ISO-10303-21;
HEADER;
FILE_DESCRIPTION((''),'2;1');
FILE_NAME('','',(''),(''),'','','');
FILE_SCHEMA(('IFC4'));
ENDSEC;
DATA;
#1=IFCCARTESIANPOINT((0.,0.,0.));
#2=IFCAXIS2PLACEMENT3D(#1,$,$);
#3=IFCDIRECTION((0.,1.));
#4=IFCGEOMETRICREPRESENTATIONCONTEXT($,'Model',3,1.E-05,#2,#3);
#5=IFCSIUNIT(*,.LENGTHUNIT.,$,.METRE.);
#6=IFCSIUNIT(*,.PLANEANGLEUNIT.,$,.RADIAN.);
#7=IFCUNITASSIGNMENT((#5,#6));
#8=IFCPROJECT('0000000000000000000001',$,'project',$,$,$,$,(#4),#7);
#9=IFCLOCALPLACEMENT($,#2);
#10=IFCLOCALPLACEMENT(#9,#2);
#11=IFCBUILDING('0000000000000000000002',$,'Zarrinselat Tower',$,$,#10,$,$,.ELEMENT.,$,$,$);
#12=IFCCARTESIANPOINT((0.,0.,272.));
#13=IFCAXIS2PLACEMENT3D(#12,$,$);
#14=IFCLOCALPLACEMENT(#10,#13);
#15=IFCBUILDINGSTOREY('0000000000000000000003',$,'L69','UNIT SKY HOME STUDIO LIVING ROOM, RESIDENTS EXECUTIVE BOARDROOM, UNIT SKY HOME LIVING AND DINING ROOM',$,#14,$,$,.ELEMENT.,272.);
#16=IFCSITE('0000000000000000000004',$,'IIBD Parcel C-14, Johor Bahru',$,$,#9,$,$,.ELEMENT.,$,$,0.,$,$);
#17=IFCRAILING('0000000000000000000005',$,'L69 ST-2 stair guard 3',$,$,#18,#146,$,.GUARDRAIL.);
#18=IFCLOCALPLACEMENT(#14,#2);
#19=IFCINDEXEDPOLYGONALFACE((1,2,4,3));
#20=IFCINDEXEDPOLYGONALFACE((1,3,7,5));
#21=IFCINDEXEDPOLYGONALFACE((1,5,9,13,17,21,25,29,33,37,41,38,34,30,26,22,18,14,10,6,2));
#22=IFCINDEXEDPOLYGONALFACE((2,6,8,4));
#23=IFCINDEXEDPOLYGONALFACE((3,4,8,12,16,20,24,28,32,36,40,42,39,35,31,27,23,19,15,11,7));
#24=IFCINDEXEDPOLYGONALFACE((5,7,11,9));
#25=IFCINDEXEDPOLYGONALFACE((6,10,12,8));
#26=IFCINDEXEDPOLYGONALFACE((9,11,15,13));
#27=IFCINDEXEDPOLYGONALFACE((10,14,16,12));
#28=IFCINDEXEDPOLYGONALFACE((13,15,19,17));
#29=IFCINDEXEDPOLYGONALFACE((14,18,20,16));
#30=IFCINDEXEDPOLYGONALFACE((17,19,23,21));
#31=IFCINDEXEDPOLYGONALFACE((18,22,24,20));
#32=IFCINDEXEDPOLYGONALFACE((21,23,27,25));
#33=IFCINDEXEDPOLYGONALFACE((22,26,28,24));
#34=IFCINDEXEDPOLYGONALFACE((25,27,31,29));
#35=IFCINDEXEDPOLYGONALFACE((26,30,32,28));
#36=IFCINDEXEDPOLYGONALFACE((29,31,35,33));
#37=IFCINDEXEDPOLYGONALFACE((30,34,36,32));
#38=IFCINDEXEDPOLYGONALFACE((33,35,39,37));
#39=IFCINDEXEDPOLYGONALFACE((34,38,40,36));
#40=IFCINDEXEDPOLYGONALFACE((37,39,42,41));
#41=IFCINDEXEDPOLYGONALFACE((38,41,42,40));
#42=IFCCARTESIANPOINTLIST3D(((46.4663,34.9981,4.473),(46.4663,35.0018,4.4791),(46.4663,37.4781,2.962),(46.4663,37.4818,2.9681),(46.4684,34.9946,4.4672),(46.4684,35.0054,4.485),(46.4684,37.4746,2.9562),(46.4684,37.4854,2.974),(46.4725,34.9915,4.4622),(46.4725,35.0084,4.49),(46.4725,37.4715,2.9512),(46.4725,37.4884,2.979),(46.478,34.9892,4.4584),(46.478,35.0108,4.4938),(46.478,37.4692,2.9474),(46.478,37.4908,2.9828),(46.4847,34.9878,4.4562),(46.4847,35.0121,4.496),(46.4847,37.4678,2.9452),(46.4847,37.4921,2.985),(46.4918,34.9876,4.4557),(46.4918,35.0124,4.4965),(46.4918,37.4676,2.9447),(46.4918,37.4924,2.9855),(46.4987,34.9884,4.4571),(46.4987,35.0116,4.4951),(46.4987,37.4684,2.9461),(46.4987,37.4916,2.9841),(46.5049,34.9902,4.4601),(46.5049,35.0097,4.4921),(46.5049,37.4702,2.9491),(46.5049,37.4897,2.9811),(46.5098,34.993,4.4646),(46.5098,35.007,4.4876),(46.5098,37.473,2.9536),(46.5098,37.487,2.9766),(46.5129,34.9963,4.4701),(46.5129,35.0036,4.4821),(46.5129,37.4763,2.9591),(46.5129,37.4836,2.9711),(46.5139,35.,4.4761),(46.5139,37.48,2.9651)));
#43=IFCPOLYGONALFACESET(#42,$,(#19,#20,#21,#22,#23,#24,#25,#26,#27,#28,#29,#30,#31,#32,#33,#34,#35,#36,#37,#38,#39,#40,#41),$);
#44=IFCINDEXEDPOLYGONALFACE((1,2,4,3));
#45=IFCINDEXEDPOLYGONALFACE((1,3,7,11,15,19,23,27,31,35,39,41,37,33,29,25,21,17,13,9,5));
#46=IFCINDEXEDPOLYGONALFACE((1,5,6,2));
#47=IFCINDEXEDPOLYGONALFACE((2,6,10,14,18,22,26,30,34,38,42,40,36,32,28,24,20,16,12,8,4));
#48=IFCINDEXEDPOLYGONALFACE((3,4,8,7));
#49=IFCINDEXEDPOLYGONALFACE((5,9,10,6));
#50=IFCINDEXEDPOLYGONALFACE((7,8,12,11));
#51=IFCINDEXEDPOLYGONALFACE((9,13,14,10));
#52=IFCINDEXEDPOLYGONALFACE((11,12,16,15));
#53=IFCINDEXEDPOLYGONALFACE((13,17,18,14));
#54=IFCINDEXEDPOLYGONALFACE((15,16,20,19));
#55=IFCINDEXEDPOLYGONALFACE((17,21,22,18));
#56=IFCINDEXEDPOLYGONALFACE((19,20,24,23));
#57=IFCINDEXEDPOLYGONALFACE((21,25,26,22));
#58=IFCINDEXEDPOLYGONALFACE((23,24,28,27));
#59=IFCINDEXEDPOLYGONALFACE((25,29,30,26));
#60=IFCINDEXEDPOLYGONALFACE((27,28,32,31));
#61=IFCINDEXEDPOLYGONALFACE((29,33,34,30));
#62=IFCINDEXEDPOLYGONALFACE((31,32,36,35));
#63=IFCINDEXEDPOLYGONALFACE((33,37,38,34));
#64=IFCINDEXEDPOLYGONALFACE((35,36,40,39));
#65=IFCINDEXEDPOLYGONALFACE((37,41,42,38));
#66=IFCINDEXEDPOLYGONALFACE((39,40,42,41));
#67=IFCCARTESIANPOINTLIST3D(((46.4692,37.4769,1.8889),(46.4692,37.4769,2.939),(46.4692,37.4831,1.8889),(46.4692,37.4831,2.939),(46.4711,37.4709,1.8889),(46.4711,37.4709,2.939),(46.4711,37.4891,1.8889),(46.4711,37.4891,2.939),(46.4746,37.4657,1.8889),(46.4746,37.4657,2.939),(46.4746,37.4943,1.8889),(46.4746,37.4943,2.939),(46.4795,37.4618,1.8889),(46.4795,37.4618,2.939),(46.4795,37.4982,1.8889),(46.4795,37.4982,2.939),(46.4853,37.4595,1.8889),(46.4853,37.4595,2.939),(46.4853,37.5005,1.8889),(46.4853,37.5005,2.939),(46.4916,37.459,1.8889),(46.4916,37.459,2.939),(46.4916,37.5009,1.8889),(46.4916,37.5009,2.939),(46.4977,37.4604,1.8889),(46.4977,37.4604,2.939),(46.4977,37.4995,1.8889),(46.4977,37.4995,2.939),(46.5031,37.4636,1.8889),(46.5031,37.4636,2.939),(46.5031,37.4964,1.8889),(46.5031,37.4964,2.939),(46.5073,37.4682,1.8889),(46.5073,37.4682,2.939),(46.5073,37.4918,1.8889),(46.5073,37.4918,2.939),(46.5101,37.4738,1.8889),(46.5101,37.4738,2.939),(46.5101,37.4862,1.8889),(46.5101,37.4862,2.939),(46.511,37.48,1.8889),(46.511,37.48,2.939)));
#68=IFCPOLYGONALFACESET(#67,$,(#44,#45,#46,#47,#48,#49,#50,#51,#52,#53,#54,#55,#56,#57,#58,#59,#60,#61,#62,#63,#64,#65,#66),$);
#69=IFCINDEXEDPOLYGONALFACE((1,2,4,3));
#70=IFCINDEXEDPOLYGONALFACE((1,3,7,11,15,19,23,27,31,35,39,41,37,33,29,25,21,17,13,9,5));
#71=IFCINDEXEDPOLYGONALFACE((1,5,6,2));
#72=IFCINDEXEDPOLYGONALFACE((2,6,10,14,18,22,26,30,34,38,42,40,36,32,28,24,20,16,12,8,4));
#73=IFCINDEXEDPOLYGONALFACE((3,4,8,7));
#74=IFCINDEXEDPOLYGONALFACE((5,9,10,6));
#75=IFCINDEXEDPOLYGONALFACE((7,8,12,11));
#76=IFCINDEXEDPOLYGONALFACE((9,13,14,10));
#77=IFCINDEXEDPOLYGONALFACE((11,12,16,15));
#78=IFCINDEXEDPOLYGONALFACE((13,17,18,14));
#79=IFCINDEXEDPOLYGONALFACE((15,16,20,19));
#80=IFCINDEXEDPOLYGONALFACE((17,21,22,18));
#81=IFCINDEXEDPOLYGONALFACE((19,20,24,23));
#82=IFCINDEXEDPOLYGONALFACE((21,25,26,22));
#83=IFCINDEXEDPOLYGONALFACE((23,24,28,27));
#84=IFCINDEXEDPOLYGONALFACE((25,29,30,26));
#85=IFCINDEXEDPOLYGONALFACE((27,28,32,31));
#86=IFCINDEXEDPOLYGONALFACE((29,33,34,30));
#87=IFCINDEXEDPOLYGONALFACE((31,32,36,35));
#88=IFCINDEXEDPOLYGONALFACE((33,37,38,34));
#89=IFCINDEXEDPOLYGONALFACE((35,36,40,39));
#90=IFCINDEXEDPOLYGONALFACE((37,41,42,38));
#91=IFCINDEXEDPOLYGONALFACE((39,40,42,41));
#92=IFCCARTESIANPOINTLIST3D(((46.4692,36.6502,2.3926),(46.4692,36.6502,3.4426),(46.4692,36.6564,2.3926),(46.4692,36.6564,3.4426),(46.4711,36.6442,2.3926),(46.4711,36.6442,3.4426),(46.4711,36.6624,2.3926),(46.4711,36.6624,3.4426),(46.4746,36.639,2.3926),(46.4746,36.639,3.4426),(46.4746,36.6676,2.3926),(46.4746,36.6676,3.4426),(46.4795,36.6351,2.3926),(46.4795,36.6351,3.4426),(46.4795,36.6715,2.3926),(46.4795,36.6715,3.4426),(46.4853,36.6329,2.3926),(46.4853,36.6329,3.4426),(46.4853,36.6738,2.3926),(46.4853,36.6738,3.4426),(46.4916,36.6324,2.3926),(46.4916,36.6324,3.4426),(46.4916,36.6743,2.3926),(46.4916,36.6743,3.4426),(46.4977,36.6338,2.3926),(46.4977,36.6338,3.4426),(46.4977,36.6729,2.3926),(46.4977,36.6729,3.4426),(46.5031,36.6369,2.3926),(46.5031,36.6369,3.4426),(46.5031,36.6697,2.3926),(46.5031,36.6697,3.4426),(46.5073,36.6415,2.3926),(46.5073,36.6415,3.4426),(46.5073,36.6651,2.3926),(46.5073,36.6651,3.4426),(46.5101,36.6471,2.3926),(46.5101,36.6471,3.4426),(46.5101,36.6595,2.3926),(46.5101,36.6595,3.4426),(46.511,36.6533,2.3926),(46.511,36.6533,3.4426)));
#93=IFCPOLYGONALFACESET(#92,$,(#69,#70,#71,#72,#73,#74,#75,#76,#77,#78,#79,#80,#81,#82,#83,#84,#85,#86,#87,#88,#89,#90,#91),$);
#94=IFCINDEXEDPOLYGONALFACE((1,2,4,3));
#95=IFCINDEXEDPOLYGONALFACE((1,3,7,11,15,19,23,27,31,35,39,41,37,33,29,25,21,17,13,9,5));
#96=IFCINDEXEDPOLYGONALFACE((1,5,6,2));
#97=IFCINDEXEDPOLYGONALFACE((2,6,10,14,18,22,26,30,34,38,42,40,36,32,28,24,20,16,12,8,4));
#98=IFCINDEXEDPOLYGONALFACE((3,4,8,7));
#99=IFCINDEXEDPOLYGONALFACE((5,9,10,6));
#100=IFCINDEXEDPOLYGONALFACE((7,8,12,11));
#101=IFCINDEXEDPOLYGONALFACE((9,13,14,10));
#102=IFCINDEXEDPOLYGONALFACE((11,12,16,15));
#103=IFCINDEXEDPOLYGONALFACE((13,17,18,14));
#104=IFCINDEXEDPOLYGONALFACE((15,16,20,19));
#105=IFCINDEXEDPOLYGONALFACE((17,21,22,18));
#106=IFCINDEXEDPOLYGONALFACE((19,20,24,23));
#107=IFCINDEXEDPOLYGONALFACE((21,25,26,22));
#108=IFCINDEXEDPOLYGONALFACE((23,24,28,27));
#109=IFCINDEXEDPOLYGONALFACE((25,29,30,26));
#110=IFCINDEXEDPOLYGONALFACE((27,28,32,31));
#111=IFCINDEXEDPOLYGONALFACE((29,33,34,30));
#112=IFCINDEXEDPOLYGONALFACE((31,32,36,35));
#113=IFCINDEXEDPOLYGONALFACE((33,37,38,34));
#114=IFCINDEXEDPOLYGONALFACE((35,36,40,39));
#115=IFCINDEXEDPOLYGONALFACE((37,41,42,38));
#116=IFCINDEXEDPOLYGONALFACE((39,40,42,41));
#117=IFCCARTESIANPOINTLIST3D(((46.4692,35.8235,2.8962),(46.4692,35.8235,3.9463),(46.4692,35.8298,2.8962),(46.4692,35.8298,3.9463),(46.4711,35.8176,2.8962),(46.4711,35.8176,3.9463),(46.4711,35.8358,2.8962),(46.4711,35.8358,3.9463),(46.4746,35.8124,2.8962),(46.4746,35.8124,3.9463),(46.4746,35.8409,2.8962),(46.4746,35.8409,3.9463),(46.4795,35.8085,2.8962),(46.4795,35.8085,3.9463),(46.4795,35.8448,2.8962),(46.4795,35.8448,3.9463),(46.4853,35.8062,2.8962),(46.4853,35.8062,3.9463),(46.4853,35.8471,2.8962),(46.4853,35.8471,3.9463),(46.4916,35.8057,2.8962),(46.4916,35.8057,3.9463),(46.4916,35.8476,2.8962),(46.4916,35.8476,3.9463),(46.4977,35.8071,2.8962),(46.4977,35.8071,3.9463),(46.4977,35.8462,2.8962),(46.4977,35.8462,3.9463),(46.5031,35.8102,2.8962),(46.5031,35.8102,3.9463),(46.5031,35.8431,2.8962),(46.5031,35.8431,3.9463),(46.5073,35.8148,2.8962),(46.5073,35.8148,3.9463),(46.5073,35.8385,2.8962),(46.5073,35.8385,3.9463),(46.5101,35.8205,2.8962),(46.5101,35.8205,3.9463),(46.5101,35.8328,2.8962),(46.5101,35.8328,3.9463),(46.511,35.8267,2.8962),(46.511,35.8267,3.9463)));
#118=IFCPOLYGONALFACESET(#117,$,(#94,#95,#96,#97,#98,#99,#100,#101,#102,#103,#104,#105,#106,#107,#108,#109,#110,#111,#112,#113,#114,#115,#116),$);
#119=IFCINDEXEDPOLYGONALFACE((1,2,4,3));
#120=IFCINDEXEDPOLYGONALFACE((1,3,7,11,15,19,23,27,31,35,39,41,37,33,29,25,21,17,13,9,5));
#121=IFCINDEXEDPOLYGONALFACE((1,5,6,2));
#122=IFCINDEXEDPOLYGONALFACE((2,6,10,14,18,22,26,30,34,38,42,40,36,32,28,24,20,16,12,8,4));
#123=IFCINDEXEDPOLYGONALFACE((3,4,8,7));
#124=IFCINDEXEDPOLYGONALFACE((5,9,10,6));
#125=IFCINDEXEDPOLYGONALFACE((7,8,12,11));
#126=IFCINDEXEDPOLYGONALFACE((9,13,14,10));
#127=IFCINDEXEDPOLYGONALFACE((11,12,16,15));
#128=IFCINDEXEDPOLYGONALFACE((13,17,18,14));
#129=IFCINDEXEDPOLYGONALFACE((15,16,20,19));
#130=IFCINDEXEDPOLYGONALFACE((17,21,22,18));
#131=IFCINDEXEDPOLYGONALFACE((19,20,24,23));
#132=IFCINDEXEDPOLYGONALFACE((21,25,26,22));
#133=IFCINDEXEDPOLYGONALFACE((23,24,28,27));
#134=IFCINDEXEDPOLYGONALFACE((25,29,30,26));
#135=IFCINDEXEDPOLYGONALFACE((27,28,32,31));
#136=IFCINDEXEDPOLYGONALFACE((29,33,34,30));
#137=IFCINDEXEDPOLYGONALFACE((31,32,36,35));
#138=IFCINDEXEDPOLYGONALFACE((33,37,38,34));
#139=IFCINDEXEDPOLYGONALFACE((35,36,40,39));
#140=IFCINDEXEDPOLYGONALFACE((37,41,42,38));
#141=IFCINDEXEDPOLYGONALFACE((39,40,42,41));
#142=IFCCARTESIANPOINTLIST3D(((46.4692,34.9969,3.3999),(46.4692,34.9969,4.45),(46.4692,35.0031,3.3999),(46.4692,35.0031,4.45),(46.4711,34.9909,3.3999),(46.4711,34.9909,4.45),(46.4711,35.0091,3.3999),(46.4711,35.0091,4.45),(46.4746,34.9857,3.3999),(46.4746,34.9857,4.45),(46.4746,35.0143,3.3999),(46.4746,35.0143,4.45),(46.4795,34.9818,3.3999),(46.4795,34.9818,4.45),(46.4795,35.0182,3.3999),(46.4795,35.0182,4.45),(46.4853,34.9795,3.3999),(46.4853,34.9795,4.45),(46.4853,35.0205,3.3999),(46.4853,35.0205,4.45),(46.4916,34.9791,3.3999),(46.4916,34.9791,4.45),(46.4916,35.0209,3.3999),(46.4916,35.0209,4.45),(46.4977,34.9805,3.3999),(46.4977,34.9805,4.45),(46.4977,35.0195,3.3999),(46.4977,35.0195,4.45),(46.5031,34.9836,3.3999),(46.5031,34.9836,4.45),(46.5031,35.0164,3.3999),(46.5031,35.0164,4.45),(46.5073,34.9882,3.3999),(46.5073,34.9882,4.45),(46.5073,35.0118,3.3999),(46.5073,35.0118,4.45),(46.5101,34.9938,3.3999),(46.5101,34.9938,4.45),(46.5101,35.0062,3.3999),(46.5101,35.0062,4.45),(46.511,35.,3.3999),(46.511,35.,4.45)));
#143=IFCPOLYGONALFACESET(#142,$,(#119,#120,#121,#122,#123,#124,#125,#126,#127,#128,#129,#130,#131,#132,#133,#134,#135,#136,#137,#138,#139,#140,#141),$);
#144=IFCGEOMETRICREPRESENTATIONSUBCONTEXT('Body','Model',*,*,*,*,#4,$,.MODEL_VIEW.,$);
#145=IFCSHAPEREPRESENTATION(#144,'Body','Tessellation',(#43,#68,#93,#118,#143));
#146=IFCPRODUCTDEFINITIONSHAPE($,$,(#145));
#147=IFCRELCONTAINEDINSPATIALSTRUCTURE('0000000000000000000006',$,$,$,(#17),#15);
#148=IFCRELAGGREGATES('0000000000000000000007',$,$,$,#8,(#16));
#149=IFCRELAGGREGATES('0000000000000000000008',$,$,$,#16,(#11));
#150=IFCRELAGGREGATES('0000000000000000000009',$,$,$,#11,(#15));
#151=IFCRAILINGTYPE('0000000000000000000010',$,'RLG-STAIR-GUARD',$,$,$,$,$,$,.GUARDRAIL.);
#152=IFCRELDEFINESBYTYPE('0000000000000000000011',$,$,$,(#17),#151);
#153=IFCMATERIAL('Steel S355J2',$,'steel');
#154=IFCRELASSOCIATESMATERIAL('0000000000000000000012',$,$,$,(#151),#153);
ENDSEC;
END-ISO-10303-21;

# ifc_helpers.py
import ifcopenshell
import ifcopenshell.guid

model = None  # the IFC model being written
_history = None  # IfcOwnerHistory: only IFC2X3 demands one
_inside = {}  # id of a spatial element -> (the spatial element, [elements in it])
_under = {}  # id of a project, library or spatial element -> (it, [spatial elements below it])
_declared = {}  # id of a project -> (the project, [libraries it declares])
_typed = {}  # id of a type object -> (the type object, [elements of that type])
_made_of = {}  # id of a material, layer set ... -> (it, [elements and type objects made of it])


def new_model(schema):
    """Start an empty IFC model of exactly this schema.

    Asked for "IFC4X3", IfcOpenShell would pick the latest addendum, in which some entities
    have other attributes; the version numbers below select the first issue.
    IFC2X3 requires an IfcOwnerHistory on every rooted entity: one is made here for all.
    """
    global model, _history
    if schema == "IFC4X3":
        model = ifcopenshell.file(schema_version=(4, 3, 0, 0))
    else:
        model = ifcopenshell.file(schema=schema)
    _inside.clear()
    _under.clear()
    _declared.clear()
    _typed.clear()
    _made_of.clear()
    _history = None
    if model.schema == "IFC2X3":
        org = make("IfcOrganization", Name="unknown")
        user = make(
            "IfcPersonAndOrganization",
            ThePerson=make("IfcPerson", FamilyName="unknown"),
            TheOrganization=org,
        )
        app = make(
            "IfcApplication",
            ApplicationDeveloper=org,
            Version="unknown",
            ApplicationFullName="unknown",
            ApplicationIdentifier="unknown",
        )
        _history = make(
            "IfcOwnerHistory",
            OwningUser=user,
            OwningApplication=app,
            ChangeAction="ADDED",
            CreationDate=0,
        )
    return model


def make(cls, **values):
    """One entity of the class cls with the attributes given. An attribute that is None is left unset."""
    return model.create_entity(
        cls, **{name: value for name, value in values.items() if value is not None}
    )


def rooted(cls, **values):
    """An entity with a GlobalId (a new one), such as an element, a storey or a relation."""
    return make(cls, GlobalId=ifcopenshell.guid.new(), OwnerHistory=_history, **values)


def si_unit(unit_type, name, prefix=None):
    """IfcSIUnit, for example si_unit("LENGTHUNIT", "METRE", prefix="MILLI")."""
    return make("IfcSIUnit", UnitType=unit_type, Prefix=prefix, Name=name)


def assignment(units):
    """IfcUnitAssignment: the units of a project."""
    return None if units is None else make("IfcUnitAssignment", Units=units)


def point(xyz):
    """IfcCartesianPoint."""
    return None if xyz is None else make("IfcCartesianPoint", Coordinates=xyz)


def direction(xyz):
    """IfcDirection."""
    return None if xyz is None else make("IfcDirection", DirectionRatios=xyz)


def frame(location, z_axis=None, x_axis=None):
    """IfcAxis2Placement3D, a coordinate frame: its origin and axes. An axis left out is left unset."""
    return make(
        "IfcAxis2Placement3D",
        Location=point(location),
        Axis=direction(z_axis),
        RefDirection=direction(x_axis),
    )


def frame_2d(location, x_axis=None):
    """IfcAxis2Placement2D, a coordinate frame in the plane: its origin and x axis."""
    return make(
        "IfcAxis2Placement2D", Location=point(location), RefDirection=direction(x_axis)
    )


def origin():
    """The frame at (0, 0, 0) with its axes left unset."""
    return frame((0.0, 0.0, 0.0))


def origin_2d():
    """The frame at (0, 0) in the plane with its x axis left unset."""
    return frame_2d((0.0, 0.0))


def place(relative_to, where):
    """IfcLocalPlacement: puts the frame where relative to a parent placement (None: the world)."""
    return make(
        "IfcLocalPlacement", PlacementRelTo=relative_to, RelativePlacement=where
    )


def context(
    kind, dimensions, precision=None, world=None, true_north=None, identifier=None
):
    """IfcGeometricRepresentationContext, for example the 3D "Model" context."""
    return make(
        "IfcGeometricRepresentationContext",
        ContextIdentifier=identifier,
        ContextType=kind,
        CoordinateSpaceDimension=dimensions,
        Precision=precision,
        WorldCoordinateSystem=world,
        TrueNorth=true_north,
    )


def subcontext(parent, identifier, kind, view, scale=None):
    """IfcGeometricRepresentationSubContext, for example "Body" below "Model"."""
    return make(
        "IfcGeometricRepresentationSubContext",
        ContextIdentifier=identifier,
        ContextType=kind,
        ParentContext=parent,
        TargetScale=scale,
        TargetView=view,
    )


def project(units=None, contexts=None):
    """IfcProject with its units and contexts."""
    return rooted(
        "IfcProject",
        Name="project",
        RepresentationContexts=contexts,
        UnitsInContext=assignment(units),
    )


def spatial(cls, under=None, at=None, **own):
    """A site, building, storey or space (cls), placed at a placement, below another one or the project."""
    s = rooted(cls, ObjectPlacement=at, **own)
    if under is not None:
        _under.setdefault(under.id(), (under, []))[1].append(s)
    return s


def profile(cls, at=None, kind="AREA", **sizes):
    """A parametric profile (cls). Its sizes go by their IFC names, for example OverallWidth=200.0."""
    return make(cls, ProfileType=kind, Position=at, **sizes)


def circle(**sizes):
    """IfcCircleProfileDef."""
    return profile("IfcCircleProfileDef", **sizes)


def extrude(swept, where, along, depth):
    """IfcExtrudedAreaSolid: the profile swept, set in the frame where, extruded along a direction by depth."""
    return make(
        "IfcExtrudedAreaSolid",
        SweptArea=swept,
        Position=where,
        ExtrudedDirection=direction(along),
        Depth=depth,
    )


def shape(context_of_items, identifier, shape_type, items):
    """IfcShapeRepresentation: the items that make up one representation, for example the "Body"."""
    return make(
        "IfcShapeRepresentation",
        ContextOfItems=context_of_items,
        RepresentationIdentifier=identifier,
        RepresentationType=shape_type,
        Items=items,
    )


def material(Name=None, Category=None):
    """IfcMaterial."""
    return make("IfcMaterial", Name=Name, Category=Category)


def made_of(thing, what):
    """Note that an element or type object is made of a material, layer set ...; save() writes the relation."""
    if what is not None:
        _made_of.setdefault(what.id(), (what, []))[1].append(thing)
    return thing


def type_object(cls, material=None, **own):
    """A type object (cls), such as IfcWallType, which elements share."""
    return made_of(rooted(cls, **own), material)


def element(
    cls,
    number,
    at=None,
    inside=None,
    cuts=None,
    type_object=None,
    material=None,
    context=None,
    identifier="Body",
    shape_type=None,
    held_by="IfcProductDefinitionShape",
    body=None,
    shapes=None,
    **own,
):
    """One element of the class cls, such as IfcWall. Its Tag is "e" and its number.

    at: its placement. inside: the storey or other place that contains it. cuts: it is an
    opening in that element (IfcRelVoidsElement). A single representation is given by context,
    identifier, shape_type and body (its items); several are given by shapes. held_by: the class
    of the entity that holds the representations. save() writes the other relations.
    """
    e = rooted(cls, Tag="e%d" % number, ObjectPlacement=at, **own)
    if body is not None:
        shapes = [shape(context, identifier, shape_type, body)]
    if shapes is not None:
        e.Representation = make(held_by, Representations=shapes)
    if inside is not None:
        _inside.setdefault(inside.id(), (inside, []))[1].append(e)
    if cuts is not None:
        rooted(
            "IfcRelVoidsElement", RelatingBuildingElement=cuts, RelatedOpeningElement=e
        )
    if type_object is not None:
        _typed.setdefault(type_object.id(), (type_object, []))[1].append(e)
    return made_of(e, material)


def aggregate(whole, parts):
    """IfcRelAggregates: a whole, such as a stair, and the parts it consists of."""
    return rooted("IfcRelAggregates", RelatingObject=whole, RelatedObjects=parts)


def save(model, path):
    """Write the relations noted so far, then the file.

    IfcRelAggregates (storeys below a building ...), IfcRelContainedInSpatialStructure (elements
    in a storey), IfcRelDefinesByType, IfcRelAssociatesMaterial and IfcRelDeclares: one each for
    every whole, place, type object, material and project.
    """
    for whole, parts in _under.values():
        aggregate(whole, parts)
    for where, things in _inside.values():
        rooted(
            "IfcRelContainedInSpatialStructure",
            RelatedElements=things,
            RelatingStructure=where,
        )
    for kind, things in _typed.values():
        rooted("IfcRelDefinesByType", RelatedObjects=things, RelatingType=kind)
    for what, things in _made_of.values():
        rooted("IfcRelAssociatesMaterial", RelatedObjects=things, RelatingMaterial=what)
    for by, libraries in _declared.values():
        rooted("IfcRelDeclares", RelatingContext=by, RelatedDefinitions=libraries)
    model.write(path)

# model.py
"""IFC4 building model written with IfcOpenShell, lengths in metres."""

from ifc_helpers import new_model, si_unit, direction, frame, origin, origin_2d, place, context, subcontext, project, spatial, circle, extrude, material, type_object, element, save


model = new_model("IFC4")

# Units and contexts
model_context = context("Model", 3, precision=1e-05, world=origin(), true_north=direction((0.0, 1.0)))
body_context = subcontext(model_context, "Body", "Model", "MODEL_VIEW")
ifc_project = project(units=[si_unit("LENGTHUNIT", "METRE"), si_unit("PLANEANGLEUNIT", "RADIAN")], contexts=[model_context])

# Site, building, storey
site_placement = place(None, origin())
site = spatial("IfcSite", under=ifc_project, at=site_placement, Name="IIBD Parcel C-14, Johor Bahru", CompositionType="ELEMENT", RefElevation=0.0)
building_placement = place(site_placement, origin())
building = spatial("IfcBuilding", under=site, at=building_placement, Name="Zarrinselat Tower", CompositionType="ELEMENT")
storey_placement = place(building_placement, frame((0.0, 0.0, 272.0)))
storey = spatial("IfcBuildingStorey", under=building, at=storey_placement, Name="L69", Description="UNIT SKY HOME STUDIO LIVING ROOM, RESIDENTS EXECUTIVE BOARDROOM, UNIT SKY HOME LIVING AND DINING ROOM", CompositionType="ELEMENT", Elevation=272.0)

# Railing
ifc_material_1 = material(Name="Steel S355J2", Category="steel")
railing_type_1 = type_object("IfcRailingType", Name="RLG-STAIR-GUARD", PredefinedType="GUARDRAIL", material=ifc_material_1)
railing_1_placement = place(storey_placement, frame((46.49, 37.48, 1.8889)))
element("IfcRailing", 1, at=railing_1_placement, inside=storey, type_object=railing_type_1, Name="L69 ST-2 stair guard 3", PredefinedType="GUARDRAIL", context=body_context, shape_type="SweptSolid", body=[
    extrude(circle(Radius=0.0239, at=origin_2d()), frame((0.0, 0.0, 1.0762), z_axis=(0.0, -0.853979, 0.520307), x_axis=(1.0, 0.0, 0.0)), (0.0, 0.0, 1.0), 2.9041),
    extrude(circle(Radius=0.021, at=origin_2d()), origin(), (0.0, 0.0, 1.0), 1.05),
    extrude(circle(Radius=0.021, at=origin_2d()), frame((0.0, -0.8267, 0.5037)), (0.0, 0.0, 1.0), 1.05),
    extrude(circle(Radius=0.021, at=origin_2d()), frame((0.0, -1.6533, 1.0073)), (0.0, 0.0, 1.0), 1.05),
    extrude(circle(Radius=0.021, at=origin_2d()), frame((0.0, -2.48, 1.511)), (0.0, 0.0, 1.0), 1.05),
])

save(model, "model.ifc")
